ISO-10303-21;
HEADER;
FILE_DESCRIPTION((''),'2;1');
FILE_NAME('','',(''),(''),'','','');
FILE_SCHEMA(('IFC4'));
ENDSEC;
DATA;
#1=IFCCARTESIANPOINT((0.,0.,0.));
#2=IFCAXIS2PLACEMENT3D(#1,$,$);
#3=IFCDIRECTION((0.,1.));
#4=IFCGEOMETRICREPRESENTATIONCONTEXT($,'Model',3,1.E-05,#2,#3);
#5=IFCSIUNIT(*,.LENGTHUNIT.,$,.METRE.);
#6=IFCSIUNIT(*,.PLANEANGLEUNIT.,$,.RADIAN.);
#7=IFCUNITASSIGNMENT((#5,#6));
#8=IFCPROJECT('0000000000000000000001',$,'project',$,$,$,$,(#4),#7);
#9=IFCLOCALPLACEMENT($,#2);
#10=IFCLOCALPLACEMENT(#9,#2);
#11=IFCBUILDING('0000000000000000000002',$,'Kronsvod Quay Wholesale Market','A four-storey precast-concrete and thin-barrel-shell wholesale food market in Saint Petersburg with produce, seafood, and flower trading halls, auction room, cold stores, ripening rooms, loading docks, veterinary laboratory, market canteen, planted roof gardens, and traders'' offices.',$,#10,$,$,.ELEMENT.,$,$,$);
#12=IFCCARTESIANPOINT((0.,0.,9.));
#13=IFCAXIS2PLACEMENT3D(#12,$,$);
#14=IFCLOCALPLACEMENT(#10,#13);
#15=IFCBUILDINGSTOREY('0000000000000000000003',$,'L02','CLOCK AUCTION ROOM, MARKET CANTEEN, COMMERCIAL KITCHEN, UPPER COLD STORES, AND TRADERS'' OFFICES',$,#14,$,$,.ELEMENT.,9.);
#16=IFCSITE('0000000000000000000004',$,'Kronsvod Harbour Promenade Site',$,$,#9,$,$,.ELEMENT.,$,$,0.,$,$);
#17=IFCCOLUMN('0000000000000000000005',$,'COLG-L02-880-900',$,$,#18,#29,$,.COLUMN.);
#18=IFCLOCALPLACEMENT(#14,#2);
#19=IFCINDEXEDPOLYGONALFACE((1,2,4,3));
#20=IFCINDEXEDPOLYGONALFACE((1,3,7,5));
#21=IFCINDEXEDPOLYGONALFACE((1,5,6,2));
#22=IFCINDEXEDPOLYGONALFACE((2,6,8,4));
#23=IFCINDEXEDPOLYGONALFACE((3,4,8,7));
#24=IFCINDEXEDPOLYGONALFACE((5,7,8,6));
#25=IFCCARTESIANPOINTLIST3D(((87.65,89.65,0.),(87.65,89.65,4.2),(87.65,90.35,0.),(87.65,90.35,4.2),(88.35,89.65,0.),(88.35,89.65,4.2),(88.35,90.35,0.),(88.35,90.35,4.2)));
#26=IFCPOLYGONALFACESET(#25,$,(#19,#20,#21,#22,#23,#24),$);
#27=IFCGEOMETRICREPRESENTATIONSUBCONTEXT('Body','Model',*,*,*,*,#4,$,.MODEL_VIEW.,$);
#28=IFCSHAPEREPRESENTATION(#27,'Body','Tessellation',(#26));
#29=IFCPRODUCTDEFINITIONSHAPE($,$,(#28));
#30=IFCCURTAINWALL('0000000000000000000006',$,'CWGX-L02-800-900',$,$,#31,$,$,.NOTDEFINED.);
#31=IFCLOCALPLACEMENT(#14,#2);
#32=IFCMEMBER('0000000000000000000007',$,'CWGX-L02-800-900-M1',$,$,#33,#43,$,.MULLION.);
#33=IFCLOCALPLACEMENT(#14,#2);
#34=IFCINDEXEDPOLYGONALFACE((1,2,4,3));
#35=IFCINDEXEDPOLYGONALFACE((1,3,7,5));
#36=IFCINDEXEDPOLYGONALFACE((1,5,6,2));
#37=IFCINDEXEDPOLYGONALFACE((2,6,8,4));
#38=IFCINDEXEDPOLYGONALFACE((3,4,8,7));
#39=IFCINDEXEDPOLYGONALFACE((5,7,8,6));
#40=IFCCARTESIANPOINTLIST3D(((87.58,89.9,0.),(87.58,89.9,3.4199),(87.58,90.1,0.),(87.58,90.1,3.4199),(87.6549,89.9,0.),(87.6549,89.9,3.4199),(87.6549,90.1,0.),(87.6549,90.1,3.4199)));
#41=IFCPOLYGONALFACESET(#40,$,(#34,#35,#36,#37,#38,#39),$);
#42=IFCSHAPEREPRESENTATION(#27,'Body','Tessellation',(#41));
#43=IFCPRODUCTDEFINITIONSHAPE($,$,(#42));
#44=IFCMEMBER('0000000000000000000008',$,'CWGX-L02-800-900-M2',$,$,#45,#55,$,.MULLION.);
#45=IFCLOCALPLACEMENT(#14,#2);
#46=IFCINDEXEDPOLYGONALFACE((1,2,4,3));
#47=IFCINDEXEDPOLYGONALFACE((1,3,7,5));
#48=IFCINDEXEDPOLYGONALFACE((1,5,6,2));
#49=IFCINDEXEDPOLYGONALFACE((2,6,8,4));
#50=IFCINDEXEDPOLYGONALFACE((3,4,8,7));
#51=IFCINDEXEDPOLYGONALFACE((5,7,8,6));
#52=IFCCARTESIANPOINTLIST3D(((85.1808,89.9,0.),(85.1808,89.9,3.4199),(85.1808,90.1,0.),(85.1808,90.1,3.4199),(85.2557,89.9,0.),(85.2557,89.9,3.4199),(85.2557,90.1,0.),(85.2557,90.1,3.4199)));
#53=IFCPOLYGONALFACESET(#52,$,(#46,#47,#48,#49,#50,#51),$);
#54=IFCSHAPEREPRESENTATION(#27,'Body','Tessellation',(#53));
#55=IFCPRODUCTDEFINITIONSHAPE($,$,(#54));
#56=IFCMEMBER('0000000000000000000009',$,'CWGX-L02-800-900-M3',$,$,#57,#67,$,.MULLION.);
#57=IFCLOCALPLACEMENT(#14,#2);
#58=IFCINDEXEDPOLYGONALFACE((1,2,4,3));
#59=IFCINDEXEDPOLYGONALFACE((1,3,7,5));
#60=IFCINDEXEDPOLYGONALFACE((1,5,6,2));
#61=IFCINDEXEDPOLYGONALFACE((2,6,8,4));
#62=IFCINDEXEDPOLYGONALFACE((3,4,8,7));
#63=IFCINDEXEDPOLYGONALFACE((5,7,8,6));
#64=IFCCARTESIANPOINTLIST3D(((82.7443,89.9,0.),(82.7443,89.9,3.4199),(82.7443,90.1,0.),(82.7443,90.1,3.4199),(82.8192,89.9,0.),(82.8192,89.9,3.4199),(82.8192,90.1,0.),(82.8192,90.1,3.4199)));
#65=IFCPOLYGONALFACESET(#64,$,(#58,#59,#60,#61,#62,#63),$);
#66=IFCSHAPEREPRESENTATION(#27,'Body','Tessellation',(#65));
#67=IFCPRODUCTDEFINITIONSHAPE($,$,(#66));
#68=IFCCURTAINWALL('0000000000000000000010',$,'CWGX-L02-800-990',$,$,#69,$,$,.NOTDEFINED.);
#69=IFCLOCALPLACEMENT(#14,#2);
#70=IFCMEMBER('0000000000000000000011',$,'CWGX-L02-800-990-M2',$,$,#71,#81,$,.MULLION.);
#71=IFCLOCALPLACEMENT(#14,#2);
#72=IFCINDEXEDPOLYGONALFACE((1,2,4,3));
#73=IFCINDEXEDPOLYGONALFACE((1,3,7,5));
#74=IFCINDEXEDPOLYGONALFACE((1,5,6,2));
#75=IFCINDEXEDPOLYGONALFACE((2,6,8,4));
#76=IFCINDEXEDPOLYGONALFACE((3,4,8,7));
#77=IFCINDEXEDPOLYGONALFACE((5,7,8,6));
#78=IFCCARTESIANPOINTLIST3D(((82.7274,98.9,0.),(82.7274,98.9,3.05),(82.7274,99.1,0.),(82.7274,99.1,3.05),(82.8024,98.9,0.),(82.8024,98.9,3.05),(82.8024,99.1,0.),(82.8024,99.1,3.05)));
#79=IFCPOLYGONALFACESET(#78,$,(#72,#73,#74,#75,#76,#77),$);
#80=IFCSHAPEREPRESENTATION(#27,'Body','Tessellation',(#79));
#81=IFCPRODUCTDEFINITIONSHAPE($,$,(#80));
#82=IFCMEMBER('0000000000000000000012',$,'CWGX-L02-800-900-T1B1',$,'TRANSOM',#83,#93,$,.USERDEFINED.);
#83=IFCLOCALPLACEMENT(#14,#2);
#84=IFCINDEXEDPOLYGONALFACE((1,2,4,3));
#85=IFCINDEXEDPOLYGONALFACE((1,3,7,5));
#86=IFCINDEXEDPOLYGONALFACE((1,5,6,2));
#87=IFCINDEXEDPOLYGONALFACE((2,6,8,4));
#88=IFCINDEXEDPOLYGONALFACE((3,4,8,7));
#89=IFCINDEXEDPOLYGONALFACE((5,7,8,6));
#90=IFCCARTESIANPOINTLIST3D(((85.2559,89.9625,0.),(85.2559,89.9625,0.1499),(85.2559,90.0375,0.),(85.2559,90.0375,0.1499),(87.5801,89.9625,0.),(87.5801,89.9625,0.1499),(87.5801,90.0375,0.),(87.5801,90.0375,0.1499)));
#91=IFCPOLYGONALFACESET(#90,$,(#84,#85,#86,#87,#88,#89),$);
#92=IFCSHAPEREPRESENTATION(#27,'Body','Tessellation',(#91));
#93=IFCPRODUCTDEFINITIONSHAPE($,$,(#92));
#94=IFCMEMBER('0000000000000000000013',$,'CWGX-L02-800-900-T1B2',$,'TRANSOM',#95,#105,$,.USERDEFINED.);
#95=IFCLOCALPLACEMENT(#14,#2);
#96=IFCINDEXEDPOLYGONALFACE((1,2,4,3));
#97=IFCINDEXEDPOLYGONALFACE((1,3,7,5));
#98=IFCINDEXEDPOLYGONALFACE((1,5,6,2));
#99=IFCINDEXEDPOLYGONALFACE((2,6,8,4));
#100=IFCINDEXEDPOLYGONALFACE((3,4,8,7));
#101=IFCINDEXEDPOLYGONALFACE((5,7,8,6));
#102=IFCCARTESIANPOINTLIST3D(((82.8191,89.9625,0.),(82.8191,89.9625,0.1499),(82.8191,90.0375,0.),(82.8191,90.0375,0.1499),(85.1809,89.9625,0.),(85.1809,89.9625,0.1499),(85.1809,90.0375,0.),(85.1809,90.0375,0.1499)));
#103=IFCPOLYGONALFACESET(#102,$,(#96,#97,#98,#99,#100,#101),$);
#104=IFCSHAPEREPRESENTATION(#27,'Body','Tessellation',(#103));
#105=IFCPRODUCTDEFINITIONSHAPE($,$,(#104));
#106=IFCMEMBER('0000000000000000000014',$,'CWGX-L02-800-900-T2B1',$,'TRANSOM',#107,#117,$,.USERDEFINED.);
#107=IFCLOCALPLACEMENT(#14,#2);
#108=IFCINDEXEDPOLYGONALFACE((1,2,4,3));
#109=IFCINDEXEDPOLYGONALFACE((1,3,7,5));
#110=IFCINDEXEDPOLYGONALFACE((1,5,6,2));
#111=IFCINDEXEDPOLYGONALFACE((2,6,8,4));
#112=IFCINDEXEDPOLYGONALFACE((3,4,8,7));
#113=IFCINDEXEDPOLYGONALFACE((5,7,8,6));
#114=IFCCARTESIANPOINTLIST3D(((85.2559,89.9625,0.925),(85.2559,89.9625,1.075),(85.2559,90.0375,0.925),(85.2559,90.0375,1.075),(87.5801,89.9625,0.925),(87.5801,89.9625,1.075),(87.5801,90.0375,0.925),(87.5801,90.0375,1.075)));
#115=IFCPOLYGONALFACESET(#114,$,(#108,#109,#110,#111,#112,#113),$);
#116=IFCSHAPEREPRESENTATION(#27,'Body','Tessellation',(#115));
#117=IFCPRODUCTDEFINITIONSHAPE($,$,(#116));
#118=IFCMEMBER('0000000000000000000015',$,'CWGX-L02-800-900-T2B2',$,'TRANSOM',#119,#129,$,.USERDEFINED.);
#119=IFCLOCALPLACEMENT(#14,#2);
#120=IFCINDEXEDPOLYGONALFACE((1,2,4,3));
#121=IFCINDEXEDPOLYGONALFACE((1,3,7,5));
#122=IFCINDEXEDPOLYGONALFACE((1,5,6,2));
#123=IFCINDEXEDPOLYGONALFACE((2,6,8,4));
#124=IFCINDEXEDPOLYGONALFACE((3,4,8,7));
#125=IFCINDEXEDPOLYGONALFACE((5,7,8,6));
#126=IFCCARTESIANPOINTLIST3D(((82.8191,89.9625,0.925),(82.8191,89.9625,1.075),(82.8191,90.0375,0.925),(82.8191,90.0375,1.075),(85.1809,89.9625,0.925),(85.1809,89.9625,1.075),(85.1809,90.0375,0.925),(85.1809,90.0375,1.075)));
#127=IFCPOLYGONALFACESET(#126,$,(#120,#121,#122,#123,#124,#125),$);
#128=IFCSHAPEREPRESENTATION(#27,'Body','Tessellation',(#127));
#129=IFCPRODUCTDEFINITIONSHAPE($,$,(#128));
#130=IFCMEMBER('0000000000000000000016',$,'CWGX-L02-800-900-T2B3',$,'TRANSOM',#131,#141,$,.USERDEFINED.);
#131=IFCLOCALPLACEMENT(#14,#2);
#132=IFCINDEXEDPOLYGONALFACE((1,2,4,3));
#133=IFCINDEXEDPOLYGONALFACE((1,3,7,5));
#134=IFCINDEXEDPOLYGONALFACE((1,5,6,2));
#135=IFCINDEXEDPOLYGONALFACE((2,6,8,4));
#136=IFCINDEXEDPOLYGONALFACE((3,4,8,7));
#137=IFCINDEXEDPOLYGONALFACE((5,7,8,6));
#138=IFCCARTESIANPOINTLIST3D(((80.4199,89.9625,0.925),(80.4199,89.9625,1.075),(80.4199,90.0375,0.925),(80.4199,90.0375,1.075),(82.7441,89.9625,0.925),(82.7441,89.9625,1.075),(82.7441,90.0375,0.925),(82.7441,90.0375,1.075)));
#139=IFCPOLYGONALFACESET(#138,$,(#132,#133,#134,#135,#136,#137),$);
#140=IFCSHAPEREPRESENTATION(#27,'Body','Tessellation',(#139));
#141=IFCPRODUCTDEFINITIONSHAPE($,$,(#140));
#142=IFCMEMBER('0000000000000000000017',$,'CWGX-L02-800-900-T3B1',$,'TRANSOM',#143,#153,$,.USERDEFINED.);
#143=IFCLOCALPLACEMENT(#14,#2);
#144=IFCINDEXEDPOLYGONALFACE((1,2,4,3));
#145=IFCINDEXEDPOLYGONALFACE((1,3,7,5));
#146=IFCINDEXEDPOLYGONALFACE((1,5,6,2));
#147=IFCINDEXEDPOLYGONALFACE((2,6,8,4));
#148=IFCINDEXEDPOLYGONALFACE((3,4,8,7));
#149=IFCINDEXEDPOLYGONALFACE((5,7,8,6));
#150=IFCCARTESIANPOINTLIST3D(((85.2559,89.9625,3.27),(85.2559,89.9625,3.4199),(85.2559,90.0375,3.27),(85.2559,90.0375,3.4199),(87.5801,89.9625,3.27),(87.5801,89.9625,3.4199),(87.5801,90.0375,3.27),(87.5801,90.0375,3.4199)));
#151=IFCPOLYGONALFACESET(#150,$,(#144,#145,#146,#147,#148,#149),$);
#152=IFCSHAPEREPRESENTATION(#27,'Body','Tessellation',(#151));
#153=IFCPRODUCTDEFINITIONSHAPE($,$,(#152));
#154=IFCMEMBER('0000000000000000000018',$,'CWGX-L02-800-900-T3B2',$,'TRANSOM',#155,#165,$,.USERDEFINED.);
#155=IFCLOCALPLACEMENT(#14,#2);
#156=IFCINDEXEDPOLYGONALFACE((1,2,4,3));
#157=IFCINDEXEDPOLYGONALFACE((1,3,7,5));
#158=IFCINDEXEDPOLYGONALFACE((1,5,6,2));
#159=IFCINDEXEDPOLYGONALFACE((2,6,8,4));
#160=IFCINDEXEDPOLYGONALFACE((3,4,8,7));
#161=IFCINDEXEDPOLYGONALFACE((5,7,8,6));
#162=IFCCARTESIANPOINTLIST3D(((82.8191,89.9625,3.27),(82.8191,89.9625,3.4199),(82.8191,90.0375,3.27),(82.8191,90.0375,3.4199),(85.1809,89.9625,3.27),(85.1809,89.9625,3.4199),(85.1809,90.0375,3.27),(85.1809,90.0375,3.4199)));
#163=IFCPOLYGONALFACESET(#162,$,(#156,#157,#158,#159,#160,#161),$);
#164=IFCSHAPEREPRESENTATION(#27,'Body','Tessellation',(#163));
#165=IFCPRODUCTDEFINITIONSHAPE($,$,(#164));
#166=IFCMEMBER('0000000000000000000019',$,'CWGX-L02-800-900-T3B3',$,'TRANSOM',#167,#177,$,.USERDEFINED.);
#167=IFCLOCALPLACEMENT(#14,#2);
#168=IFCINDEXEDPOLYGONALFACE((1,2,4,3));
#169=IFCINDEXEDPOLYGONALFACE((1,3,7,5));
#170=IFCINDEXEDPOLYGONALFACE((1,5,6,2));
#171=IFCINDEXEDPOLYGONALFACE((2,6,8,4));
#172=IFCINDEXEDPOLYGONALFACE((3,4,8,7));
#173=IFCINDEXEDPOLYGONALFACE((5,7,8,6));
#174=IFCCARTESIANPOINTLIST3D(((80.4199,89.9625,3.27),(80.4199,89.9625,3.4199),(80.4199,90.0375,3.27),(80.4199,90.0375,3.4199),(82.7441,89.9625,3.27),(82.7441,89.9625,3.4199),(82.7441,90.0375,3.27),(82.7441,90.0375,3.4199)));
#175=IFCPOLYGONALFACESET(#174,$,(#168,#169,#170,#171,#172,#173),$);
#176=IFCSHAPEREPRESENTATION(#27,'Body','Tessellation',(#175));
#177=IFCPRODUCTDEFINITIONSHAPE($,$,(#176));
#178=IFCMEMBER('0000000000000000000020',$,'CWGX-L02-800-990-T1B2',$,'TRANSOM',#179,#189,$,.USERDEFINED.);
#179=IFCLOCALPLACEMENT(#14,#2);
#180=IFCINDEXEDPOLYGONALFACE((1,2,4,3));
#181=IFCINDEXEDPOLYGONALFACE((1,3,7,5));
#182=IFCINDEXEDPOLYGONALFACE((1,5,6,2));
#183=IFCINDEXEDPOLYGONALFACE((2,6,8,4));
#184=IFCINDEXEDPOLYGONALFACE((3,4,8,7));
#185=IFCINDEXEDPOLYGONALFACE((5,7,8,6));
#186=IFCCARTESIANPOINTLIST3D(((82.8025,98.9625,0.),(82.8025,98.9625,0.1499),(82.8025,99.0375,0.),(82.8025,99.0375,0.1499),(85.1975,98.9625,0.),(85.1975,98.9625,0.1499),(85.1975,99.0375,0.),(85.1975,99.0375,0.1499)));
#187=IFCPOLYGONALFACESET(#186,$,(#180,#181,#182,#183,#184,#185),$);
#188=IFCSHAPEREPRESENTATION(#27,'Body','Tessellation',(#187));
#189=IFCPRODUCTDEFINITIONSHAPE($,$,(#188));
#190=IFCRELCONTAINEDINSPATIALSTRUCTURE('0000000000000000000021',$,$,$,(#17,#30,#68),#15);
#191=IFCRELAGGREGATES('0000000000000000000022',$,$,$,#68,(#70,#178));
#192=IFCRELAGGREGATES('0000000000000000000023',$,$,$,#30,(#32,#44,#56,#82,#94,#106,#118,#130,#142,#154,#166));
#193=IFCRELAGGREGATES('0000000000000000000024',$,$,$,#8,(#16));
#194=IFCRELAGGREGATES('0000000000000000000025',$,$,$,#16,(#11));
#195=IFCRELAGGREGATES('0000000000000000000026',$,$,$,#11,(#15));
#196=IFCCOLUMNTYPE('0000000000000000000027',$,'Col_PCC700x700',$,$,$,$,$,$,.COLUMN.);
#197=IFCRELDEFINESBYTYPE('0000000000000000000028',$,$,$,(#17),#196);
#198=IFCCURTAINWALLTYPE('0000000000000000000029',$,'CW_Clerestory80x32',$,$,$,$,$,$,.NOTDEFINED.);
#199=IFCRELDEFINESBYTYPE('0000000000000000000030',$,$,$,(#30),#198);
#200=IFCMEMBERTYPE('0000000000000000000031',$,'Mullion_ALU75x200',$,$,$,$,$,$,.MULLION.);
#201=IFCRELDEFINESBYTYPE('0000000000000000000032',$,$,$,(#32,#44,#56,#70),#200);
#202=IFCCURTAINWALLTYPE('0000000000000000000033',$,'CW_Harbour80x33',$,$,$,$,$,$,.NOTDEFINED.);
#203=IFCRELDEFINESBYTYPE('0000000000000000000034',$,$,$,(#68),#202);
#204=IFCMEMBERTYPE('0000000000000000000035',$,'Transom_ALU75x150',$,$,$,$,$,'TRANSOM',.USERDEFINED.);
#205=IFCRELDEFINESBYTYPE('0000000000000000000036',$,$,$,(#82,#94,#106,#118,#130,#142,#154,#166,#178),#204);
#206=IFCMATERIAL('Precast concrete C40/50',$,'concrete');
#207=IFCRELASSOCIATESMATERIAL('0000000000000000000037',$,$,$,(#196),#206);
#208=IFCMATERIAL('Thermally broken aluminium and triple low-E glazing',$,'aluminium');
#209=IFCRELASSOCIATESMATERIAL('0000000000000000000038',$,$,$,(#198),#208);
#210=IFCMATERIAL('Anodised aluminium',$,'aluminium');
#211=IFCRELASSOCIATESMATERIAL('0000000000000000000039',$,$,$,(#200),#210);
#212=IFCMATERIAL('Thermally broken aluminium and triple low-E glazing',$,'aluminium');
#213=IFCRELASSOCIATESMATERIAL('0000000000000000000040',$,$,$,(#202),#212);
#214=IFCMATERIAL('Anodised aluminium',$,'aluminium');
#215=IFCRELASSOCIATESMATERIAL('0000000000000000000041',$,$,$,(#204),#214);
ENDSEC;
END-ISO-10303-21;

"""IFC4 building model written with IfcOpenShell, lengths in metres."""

from ifc_helpers import new_model, si_unit, direction, frame, origin, origin_2d, place, context, subcontext, project, spatial, rectangle, extrude, material, material_profile, profile_set, type_object, element, aggregate, save


model = new_model("IFC4")

# Units and contexts
model_context = context("Model", 3, precision=1e-05, world=origin(), true_north=direction((0.0, 1.0)))
body_context = subcontext(model_context, "Body", "Model", "MODEL_VIEW")
ifc_project = project(units=[si_unit("LENGTHUNIT", "METRE"), si_unit("PLANEANGLEUNIT", "RADIAN")], contexts=[model_context])

# Site, building, storey
site_placement = place(None, origin())
site = spatial("IfcSite", under=ifc_project, at=site_placement, Name="Kronsvod Harbour Promenade Site", CompositionType="ELEMENT", RefElevation=0.0)
building_placement = place(site_placement, origin())
building = spatial("IfcBuilding", under=site, at=building_placement, Name="Kronsvod Quay Wholesale Market", Description="A four-storey precast-concrete and thin-barrel-shell wholesale food market in Saint Petersburg with produce, seafood, and flower trading halls, auction room, cold stores, ripening rooms, loading docks, veterinary laboratory, market canteen, planted roof gardens, and traders' offices.", CompositionType="ELEMENT")
storey_placement = place(building_placement, frame((0.0, 0.0, 9.0)))
storey = spatial("IfcBuildingStorey", under=building, at=storey_placement, Name="L02", Description="CLOCK AUCTION ROOM, MARKET CANTEEN, COMMERCIAL KITCHEN, UPPER COLD STORES, AND TRADERS' OFFICES", CompositionType="ELEMENT", Elevation=9.0)

# Column
ifc_material_1 = material(Name="Precast concrete C40/50", Category="concrete")
ifc_material_profile_1 = material_profile(ifc_material_1, rectangle(XDim=0.7, YDim=0.7, at=origin_2d()), Name="PCC700x700")
ifc_profile_set_1 = profile_set([ifc_material_profile_1], Name="Precast concrete C40/50")
column_type = type_object("IfcColumnType", Name="Col_PCC700x700", PredefinedType="COLUMN", material=ifc_profile_set_1)
column_placement = place(storey_placement, frame((88.0, 90.0, 0.0), z_axis=(0.0, 0.0, 1.0), x_axis=(1.0, 0.0, 0.0)))
element("IfcColumn", 1, at=column_placement, inside=storey, type_object=column_type, Name="COLG-L02-880-900", PredefinedType="COLUMN", context=body_context, shape_type="SweptSolid", body=[
    extrude(rectangle(XDim=0.7, YDim=0.7, at=origin_2d()), origin(), (0.0, 0.0, 1.0), 4.2),
])

# Curtain wall, members
ifc_material_2 = material(Name="Thermally broken aluminium and triple low-E glazing", Category="aluminium")
curtain_wall_type_1 = type_object("IfcCurtainWallType", Name="CW_Clerestory80x32", PredefinedType="NOTDEFINED", material=ifc_material_2)
curtain_wall_1_placement = place(storey_placement, origin())
curtain_wall_1 = element("IfcCurtainWall", 2, at=curtain_wall_1_placement, inside=storey, type_object=curtain_wall_type_1, Name="CWGX-L02-800-900", PredefinedType="NOTDEFINED")
ifc_material_3 = material(Name="Anodised aluminium", Category="aluminium")
ifc_material_profile_2 = material_profile(ifc_material_3, rectangle(XDim=0.075, YDim=0.2, at=origin_2d()), Name="ALUM75x200")
ifc_profile_set_2 = profile_set([ifc_material_profile_2], Name="Anodised aluminium")
member_type_1 = type_object("IfcMemberType", Name="Mullion_ALU75x200", PredefinedType="MULLION", material=ifc_profile_set_2)
member_1_placement = place(storey_placement, frame((87.6174, 90.0, 0.0), z_axis=(0.0, 0.0, 1.0), x_axis=(1.0, 0.0, 0.0)))
member_1 = element("IfcMember", 3, at=member_1_placement, type_object=member_type_1, Name="CWGX-L02-800-900-M1", PredefinedType="MULLION", context=body_context, shape_type="SweptSolid", body=[
    extrude(rectangle(XDim=0.075, YDim=0.2, at=origin_2d()), origin(), (0.0, 0.0, 1.0), 3.4199),
])
member_2_placement = place(storey_placement, frame((85.2183, 90.0, 0.0), z_axis=(0.0, 0.0, 1.0), x_axis=(1.0, 0.0, 0.0)))
member_2 = element("IfcMember", 4, at=member_2_placement, type_object=member_type_1, Name="CWGX-L02-800-900-M2", PredefinedType="MULLION", context=body_context, shape_type="SweptSolid", body=[
    extrude(rectangle(XDim=0.075, YDim=0.2, at=origin_2d()), origin(), (0.0, 0.0, 1.0), 3.4199),
])
member_3_placement = place(storey_placement, frame((82.7817, 90.0, 0.0), z_axis=(0.0, 0.0, 1.0), x_axis=(1.0, 0.0, 0.0)))
member_3 = element("IfcMember", 5, at=member_3_placement, type_object=member_type_1, Name="CWGX-L02-800-900-M3", PredefinedType="MULLION", context=body_context, shape_type="SweptSolid", body=[
    extrude(rectangle(XDim=0.075, YDim=0.2, at=origin_2d()), origin(), (0.0, 0.0, 1.0), 3.4199),
])

# Curtain wall, member
ifc_material_4 = material(Name="Thermally broken aluminium and triple low-E glazing", Category="aluminium")
curtain_wall_type_2 = type_object("IfcCurtainWallType", Name="CW_Harbour80x33", PredefinedType="NOTDEFINED", material=ifc_material_4)
curtain_wall_2_placement = place(storey_placement, origin())
curtain_wall_2 = element("IfcCurtainWall", 6, at=curtain_wall_2_placement, inside=storey, type_object=curtain_wall_type_2, Name="CWGX-L02-800-990", PredefinedType="NOTDEFINED")
member_4_placement = place(storey_placement, frame((82.7649, 99.0, 0.0), z_axis=(0.0, 0.0, 1.0), x_axis=(1.0, 0.0, 0.0)))
member_4 = element("IfcMember", 7, at=member_4_placement, type_object=member_type_1, Name="CWGX-L02-800-990-M2", PredefinedType="MULLION", context=body_context, shape_type="SweptSolid", body=[
    extrude(rectangle(XDim=0.075, YDim=0.2, at=origin_2d()), origin(), (0.0, 0.0, 1.0), 3.05),
])

# Members
ifc_material_5 = material(Name="Anodised aluminium", Category="aluminium")
ifc_material_profile_3 = material_profile(ifc_material_5, rectangle(XDim=0.075, YDim=0.1499, at=origin_2d()), Name="ALUT75x150")
ifc_profile_set_3 = profile_set([ifc_material_profile_3], Name="Anodised aluminium")
member_type_2 = type_object("IfcMemberType", Name="Transom_ALU75x150", ElementType="TRANSOM", PredefinedType="USERDEFINED", material=ifc_profile_set_3)
member_5_placement = place(storey_placement, frame((87.5801, 90.0, 0.075), z_axis=(-1.0, 0.0, 0.0), x_axis=(0.0, -1.0, 0.0)))
member_5 = element("IfcMember", 8, at=member_5_placement, type_object=member_type_2, Name="CWGX-L02-800-900-T1B1", ObjectType="TRANSOM", PredefinedType="USERDEFINED", context=body_context, shape_type="SweptSolid", body=[
    extrude(rectangle(XDim=0.075, YDim=0.1499, at=origin_2d()), origin(), (0.0, 0.0, 1.0), 2.3242),
])
member_6_placement = place(storey_placement, frame((85.1809, 90.0, 0.075), z_axis=(-1.0, 0.0, 0.0), x_axis=(0.0, -1.0, 0.0)))
member_6 = element("IfcMember", 9, at=member_6_placement, type_object=member_type_2, Name="CWGX-L02-800-900-T1B2", ObjectType="TRANSOM", PredefinedType="USERDEFINED", context=body_context, shape_type="SweptSolid", body=[
    extrude(rectangle(XDim=0.075, YDim=0.1499, at=origin_2d()), origin(), (0.0, 0.0, 1.0), 2.3618),
])
member_7_placement = place(storey_placement, frame((87.5801, 90.0, 1.0), z_axis=(-1.0, 0.0, 0.0), x_axis=(0.0, -1.0, 0.0)))
member_7 = element("IfcMember", 10, at=member_7_placement, type_object=member_type_2, Name="CWGX-L02-800-900-T2B1", ObjectType="TRANSOM", PredefinedType="USERDEFINED", context=body_context, shape_type="SweptSolid", body=[
    extrude(rectangle(XDim=0.075, YDim=0.1499, at=origin_2d()), origin(), (0.0, 0.0, 1.0), 2.3242),
])
member_8_placement = place(storey_placement, frame((85.1809, 90.0, 1.0), z_axis=(-1.0, 0.0, 0.0), x_axis=(0.0, -1.0, 0.0)))
member_8 = element("IfcMember", 11, at=member_8_placement, type_object=member_type_2, Name="CWGX-L02-800-900-T2B2", ObjectType="TRANSOM", PredefinedType="USERDEFINED", context=body_context, shape_type="SweptSolid", body=[
    extrude(rectangle(XDim=0.075, YDim=0.1499, at=origin_2d()), origin(), (0.0, 0.0, 1.0), 2.3618),
])
member_9_placement = place(storey_placement, frame((82.7441, 90.0, 1.0), z_axis=(-1.0, 0.0, 0.0), x_axis=(0.0, -1.0, 0.0)))
member_9 = element("IfcMember", 12, at=member_9_placement, type_object=member_type_2, Name="CWGX-L02-800-900-T2B3", ObjectType="TRANSOM", PredefinedType="USERDEFINED", context=body_context, shape_type="SweptSolid", body=[
    extrude(rectangle(XDim=0.075, YDim=0.1499, at=origin_2d()), origin(), (0.0, 0.0, 1.0), 2.3242),
])
member_10_placement = place(storey_placement, frame((87.5801, 90.0, 3.345), z_axis=(-1.0, 0.0, 0.0), x_axis=(0.0, -1.0, 0.0)))
member_10 = element("IfcMember", 13, at=member_10_placement, type_object=member_type_2, Name="CWGX-L02-800-900-T3B1", ObjectType="TRANSOM", PredefinedType="USERDEFINED", context=body_context, shape_type="SweptSolid", body=[
    extrude(rectangle(XDim=0.075, YDim=0.1499, at=origin_2d()), origin(), (0.0, 0.0, 1.0), 2.3242),
])
member_11_placement = place(storey_placement, frame((85.1809, 90.0, 3.345), z_axis=(-1.0, 0.0, 0.0), x_axis=(0.0, -1.0, 0.0)))
member_11 = element("IfcMember", 14, at=member_11_placement, type_object=member_type_2, Name="CWGX-L02-800-900-T3B2", ObjectType="TRANSOM", PredefinedType="USERDEFINED", context=body_context, shape_type="SweptSolid", body=[
    extrude(rectangle(XDim=0.075, YDim=0.1499, at=origin_2d()), origin(), (0.0, 0.0, 1.0), 2.3618),
])
member_12_placement = place(storey_placement, frame((82.7441, 90.0, 3.345), z_axis=(-1.0, 0.0, 0.0), x_axis=(0.0, -1.0, 0.0)))
member_12 = element("IfcMember", 15, at=member_12_placement, type_object=member_type_2, Name="CWGX-L02-800-900-T3B3", ObjectType="TRANSOM", PredefinedType="USERDEFINED", context=body_context, shape_type="SweptSolid", body=[
    extrude(rectangle(XDim=0.075, YDim=0.1499, at=origin_2d()), origin(), (0.0, 0.0, 1.0), 2.3242),
])
member_13_placement = place(storey_placement, frame((82.8025, 99.0, 0.075), z_axis=(1.0, 0.0, 0.0), x_axis=(0.0, 1.0, 0.0)))
member_13 = element("IfcMember", 16, at=member_13_placement, type_object=member_type_2, Name="CWGX-L02-800-990-T1B2", ObjectType="TRANSOM", PredefinedType="USERDEFINED", context=body_context, shape_type="SweptSolid", body=[
    extrude(rectangle(XDim=0.075, YDim=0.1499, at=origin_2d()), origin(), (0.0, 0.0, 1.0), 2.395),
])
aggregate(curtain_wall_2, [member_4, member_13])

aggregate(curtain_wall_1, [member_1, member_2, member_3, member_5, member_6, member_7, member_8, member_9, member_10, member_11, member_12])

save(model, "model.ifc")
